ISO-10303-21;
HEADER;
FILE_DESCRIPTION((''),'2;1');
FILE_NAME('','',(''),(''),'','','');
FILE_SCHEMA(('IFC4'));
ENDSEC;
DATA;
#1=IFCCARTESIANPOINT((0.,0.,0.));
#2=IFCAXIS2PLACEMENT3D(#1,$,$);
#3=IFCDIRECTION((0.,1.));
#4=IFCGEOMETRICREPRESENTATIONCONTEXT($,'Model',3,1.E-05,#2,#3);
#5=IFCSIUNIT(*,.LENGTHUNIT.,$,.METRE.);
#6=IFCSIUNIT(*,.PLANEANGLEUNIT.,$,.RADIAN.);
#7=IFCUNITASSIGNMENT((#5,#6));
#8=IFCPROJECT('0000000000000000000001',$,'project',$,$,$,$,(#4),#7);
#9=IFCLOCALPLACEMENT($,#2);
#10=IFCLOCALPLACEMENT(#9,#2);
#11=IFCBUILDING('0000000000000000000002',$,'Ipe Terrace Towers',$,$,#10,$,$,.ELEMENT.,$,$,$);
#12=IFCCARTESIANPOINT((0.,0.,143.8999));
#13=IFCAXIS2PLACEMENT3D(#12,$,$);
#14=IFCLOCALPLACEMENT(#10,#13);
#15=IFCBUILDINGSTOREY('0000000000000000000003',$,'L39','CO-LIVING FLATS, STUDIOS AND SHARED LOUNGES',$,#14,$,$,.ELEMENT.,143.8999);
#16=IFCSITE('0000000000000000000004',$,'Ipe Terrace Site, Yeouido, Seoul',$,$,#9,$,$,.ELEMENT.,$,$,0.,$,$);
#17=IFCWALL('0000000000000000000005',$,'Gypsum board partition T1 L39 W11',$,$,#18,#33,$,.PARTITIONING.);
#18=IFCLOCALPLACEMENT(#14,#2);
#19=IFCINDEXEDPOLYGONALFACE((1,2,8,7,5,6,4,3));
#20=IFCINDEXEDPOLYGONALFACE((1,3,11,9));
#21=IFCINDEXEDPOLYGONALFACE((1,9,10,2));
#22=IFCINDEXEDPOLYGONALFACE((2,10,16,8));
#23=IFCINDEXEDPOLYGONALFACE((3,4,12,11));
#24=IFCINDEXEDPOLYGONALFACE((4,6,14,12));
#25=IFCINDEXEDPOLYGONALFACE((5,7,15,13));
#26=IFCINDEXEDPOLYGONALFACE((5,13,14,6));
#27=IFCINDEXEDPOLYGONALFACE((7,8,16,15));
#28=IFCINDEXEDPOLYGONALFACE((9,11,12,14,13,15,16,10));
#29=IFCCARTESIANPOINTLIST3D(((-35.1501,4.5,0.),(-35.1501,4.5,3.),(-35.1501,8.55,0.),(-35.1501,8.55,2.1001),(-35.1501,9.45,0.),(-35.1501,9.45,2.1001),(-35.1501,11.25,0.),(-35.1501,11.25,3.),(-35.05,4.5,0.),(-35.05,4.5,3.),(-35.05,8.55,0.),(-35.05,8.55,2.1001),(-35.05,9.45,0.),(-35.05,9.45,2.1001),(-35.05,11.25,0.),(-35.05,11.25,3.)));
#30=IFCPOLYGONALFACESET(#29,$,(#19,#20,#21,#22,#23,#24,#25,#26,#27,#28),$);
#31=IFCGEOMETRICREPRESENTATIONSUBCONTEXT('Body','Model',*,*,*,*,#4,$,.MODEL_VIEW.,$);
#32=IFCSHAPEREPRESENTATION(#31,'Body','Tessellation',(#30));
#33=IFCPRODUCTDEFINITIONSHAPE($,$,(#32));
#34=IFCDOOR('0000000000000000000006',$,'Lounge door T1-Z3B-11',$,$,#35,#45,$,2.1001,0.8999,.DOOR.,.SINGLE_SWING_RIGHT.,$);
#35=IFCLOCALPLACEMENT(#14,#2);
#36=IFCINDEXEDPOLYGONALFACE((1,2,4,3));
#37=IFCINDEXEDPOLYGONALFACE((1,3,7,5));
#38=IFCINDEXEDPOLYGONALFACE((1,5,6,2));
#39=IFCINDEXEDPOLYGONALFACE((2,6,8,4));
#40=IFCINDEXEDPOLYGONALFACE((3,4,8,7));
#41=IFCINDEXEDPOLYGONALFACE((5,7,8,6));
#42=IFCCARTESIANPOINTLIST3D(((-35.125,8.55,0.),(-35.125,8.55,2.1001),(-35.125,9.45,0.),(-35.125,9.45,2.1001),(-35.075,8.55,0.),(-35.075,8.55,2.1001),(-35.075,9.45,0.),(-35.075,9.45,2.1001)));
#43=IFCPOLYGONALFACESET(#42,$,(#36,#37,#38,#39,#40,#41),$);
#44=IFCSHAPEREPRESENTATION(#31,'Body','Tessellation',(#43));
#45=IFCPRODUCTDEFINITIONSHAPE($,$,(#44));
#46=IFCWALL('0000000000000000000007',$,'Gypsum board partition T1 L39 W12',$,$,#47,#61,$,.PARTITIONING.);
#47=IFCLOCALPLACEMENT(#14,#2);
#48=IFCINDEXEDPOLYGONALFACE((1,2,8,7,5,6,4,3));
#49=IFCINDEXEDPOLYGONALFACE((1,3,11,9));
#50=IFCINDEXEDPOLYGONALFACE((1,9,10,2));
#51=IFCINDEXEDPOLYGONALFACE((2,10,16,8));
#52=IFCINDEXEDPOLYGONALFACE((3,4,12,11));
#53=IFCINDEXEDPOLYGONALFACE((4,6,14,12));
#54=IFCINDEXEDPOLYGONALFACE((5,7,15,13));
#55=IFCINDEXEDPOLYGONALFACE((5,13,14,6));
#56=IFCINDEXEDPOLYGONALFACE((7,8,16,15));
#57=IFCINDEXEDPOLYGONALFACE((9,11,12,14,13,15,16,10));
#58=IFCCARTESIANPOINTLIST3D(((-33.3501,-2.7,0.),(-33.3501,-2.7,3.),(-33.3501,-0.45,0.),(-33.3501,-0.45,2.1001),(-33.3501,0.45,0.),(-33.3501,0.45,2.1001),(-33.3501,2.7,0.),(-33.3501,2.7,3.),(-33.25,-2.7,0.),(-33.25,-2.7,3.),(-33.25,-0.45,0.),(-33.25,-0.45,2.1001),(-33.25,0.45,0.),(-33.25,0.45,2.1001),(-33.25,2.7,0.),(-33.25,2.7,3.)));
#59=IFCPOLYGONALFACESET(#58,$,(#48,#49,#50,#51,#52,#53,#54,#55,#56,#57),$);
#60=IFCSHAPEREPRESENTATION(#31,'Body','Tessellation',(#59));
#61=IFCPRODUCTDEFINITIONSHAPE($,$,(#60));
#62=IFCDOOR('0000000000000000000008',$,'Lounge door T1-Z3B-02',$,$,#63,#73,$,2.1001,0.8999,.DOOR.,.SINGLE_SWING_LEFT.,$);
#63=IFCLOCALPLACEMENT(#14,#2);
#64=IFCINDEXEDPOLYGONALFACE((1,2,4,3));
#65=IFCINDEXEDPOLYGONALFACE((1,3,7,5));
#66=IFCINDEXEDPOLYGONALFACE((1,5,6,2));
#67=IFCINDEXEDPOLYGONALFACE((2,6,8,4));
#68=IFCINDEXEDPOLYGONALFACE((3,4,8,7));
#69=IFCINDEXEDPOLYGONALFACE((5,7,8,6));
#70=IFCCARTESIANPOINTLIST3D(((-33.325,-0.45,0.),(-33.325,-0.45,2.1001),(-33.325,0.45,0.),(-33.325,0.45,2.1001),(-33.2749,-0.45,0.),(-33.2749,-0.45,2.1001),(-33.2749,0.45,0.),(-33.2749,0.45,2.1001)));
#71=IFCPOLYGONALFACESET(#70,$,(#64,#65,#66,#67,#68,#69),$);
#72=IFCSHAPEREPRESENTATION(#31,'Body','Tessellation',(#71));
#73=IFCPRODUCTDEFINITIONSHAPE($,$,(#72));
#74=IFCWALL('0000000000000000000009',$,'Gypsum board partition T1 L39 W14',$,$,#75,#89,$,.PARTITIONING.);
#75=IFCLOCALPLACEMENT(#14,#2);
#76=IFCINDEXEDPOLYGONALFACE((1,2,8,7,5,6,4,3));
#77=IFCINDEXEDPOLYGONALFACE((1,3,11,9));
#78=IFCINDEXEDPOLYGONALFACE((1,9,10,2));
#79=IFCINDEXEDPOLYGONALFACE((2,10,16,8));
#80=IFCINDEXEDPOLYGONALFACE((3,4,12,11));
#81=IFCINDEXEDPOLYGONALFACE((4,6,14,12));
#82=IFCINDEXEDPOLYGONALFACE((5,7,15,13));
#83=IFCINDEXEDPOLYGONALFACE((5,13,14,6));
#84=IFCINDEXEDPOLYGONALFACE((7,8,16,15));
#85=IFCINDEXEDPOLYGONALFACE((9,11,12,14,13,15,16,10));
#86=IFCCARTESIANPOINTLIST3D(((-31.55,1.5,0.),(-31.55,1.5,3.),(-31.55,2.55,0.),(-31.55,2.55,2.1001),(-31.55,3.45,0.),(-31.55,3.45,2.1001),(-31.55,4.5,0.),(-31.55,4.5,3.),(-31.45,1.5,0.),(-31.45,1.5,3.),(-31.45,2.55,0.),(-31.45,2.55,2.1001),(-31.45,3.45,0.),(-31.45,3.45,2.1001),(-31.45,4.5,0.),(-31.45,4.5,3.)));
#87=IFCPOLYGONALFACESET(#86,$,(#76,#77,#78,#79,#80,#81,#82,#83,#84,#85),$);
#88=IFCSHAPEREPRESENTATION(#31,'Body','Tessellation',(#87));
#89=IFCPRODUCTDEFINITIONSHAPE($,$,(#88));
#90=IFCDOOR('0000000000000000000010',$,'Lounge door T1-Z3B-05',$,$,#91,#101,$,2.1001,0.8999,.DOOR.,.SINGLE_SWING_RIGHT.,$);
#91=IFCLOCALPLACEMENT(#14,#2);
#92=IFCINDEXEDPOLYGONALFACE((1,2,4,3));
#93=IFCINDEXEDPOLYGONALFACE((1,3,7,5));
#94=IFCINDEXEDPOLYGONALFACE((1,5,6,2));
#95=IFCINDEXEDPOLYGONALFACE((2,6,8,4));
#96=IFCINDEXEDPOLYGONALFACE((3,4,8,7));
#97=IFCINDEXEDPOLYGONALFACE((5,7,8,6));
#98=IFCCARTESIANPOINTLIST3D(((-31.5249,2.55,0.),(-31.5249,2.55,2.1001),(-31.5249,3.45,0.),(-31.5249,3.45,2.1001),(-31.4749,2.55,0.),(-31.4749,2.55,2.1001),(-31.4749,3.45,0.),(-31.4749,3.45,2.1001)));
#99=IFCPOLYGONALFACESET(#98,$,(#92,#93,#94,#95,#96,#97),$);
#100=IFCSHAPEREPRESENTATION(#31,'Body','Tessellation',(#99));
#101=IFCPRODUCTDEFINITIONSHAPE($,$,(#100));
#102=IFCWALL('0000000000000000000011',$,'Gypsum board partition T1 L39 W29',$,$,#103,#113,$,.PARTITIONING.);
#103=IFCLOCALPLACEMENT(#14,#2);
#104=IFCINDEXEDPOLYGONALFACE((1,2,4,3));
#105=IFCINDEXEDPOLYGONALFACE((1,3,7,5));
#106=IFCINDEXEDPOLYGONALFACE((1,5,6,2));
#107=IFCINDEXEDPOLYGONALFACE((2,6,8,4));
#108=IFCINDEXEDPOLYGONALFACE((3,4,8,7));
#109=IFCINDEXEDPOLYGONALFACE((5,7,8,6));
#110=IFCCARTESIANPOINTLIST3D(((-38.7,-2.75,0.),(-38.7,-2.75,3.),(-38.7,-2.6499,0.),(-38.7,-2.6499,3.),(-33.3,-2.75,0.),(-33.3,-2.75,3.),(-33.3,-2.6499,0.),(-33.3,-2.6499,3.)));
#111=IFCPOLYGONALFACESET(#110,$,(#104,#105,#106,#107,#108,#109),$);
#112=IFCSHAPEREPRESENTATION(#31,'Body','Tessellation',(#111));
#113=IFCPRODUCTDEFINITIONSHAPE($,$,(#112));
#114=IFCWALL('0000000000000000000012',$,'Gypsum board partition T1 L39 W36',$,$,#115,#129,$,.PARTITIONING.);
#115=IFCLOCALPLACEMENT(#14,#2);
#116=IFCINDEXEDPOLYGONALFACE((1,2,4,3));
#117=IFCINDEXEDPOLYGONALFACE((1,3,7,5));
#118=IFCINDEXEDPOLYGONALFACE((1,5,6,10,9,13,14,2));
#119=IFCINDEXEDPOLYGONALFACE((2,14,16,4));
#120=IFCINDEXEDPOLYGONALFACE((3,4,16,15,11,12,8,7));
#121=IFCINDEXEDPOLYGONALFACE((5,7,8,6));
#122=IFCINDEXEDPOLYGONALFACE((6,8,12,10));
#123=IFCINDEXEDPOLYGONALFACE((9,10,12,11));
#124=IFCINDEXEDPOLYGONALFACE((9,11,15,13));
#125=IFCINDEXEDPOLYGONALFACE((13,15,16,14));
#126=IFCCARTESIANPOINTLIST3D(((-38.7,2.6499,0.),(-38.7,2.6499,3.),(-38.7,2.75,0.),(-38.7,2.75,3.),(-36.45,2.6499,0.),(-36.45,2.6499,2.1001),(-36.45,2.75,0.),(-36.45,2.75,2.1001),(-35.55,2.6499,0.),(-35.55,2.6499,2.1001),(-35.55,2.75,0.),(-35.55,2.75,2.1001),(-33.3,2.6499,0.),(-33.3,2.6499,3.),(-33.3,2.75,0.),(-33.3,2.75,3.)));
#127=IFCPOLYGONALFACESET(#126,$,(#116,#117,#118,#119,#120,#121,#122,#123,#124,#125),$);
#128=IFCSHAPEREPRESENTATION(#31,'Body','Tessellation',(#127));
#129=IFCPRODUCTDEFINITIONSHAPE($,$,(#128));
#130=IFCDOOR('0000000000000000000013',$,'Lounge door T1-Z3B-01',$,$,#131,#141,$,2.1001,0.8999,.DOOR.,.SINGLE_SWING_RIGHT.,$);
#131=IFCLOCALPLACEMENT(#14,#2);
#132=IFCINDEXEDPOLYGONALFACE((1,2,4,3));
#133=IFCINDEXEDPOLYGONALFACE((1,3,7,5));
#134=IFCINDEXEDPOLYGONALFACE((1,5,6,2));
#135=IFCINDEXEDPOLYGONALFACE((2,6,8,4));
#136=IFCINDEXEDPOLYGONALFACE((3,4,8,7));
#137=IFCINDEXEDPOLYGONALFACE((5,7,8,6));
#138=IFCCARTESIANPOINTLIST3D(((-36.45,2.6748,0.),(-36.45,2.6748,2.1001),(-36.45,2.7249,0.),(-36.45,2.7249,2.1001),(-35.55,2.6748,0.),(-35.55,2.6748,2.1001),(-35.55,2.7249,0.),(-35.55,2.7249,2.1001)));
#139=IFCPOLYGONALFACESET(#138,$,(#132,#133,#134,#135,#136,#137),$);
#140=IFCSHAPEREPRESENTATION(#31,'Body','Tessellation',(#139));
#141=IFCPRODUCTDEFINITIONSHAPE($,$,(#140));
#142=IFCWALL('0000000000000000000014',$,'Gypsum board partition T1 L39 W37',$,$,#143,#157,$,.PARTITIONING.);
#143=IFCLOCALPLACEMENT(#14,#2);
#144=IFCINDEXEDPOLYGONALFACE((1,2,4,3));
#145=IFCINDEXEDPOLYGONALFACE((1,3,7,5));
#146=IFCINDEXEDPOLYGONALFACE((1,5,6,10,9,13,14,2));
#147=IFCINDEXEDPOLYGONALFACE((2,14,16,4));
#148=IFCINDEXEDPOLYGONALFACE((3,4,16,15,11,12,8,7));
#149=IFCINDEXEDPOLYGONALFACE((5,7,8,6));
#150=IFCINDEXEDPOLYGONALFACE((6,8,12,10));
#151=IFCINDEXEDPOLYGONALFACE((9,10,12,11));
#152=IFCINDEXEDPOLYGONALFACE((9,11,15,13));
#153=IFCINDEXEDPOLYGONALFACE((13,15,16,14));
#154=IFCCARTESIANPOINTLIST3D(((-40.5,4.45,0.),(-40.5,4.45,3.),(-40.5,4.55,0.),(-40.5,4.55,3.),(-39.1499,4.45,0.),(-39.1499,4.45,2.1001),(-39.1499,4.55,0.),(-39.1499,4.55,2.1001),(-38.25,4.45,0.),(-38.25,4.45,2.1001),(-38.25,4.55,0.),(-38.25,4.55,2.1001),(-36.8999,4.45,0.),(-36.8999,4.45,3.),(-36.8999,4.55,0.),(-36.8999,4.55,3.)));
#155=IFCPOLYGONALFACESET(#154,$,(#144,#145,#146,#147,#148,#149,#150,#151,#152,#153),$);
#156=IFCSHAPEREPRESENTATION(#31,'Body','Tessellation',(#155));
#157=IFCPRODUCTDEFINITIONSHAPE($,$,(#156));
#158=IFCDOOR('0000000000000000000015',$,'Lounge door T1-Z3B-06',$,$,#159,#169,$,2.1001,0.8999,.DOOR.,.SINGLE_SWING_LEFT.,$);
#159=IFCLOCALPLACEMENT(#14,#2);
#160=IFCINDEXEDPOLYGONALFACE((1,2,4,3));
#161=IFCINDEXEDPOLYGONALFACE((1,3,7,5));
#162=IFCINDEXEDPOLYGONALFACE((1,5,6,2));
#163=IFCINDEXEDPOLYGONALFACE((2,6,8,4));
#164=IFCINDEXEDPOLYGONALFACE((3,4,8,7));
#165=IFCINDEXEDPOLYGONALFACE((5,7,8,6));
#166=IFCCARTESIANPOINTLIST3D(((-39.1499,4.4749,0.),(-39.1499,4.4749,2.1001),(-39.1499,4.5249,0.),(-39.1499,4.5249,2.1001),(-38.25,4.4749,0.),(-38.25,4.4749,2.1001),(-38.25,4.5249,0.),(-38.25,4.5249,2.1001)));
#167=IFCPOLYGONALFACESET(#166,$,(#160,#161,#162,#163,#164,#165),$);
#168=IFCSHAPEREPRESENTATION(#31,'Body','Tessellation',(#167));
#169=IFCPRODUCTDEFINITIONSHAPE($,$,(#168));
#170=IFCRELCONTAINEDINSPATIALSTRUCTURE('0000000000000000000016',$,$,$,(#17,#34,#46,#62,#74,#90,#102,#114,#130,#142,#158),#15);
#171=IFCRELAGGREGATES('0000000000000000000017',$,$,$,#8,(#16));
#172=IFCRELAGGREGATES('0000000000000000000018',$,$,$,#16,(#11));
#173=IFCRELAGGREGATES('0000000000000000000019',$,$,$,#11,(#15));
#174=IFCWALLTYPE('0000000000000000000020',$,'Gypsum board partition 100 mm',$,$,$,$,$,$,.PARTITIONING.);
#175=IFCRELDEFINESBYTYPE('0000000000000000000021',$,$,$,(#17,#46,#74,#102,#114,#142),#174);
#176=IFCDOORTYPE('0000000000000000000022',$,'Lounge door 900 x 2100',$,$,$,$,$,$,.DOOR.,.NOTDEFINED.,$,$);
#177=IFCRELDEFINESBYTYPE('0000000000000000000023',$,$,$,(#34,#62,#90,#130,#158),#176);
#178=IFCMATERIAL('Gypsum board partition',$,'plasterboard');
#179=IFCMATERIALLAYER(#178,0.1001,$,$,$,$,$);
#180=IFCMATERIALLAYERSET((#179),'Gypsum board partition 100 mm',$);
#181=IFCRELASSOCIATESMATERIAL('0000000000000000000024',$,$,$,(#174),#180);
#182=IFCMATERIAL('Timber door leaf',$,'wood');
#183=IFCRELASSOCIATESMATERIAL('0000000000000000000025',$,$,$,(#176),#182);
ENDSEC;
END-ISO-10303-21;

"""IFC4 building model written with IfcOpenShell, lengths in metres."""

from ifc_helpers import new_model, si_unit, direction, frame, frame_2d, origin, place, context, subcontext, project, spatial, rectangle, extrude, material, layer, layer_set, type_object, element, fill, save


model = new_model("IFC4")

# Units and contexts
model_context = context("Model", 3, precision=1e-05, world=origin(), true_north=direction((0.0, 1.0)))
body_context = subcontext(model_context, "Body", "Model", "MODEL_VIEW")
ifc_project = project(units=[si_unit("LENGTHUNIT", "METRE"), si_unit("PLANEANGLEUNIT", "RADIAN")], contexts=[model_context])

# Site, building, storey
site_placement = place(None, origin())
site = spatial("IfcSite", under=ifc_project, at=site_placement, Name="Ipe Terrace Site, Yeouido, Seoul", CompositionType="ELEMENT", RefElevation=0.0)
building_placement = place(site_placement, origin())
building = spatial("IfcBuilding", under=site, at=building_placement, Name="Ipe Terrace Towers", CompositionType="ELEMENT")
storey_placement = place(building_placement, frame((0.0, 0.0, 143.8999)))
storey = spatial("IfcBuildingStorey", under=building, at=storey_placement, Name="L39", Description="CO-LIVING FLATS, STUDIOS AND SHARED LOUNGES", CompositionType="ELEMENT", Elevation=143.8999)

# Shared definitions
ifc_material_1 = material(Name="Gypsum board partition", Category="plasterboard")
ifc_layer = layer(ifc_material_1, 0.1001)
ifc_layer_set = layer_set([ifc_layer], Name="Gypsum board partition 100 mm")
wall_type = type_object("IfcWallType", Name="Gypsum board partition 100 mm", PredefinedType="PARTITIONING", material=ifc_layer_set)

# Walls, openings, doors
ifc_material_2 = material(Name="Timber door leaf", Category="wood")
door_type = type_object("IfcDoorType", Name="Lounge door 900 x 2100", OperationType="NOTDEFINED", PredefinedType="DOOR", material=ifc_material_2)
wall_1_placement = place(storey_placement, frame((-35.1001, 4.5, 0.0), z_axis=(0.0, 0.0, 1.0), x_axis=(0.0, 1.0, 0.0)))
wall_1 = element("IfcWall", 1, at=wall_1_placement, inside=storey, type_object=wall_type, Name="Gypsum board partition T1 L39 W11", PredefinedType="PARTITIONING", context=body_context, shape_type="SweptSolid", body=[
    extrude(rectangle(XDim=6.75, YDim=0.1001, at=frame_2d((3.375, 0.0))), origin(), (0.0, 0.0, 1.0), 3.0),
])
opening_1_placement = place(wall_1_placement, frame((4.05, 0.0, 0.0)))
opening_1 = element("IfcOpeningElement", 2, at=opening_1_placement, cuts=wall_1, PredefinedType="OPENING", context=body_context, shape_type="SweptSolid", body=[
    extrude(rectangle(XDim=0.8999, YDim=2.1001, at=frame_2d((0.45, 1.05))), frame((0.0, 0.0601, 0.0), z_axis=(0.0, -1.0, 0.0), x_axis=(1.0, 0.0, 0.0)), (0.0, 0.0, 1.0), 0.1201),
])
door_1_placement = place(opening_1_placement, origin())
door_1 = element("IfcDoor", 3, at=door_1_placement, inside=storey, type_object=door_type, Name="Lounge door T1-Z3B-11", OperationType="SINGLE_SWING_RIGHT", OverallHeight=2.1001, OverallWidth=0.8999, PredefinedType="DOOR", context=body_context, shape_type="SweptSolid", body=[
    extrude(rectangle(XDim=0.8999, YDim=2.1001, at=frame_2d((0.45, 1.05))), frame((0.0, 0.0249, 0.0), z_axis=(0.0, -1.0, 0.0), x_axis=(1.0, 0.0, 0.0)), (0.0, 0.0, 1.0), 0.05),
])
fill(opening_1, door_1)
wall_2_placement = place(storey_placement, frame((-33.3, -2.7, 0.0), z_axis=(0.0, 0.0, 1.0), x_axis=(0.0, 1.0, 0.0)))
wall_2 = element("IfcWall", 4, at=wall_2_placement, inside=storey, type_object=wall_type, Name="Gypsum board partition T1 L39 W12", PredefinedType="PARTITIONING", context=body_context, shape_type="SweptSolid", body=[
    extrude(rectangle(XDim=5.3999, YDim=0.1001, at=frame_2d((2.7, 0.0))), origin(), (0.0, 0.0, 1.0), 3.0),
])
opening_2_placement = place(wall_2_placement, frame((2.25, 0.0, 0.0)))
opening_2 = element("IfcOpeningElement", 5, at=opening_2_placement, cuts=wall_2, PredefinedType="OPENING", context=body_context, shape_type="SweptSolid", body=[
    extrude(rectangle(XDim=0.8999, YDim=2.1001, at=frame_2d((0.45, 1.05))), frame((0.0, 0.0601, 0.0), z_axis=(0.0, -1.0, 0.0), x_axis=(1.0, 0.0, 0.0)), (0.0, 0.0, 1.0), 0.1201),
])
door_2_placement = place(opening_2_placement, origin())
door_2 = element("IfcDoor", 6, at=door_2_placement, inside=storey, type_object=door_type, Name="Lounge door T1-Z3B-02", OperationType="SINGLE_SWING_LEFT", OverallHeight=2.1001, OverallWidth=0.8999, PredefinedType="DOOR", context=body_context, shape_type="SweptSolid", body=[
    extrude(rectangle(XDim=0.8999, YDim=2.1001, at=frame_2d((0.45, 1.05))), frame((0.0, 0.0249, 0.0), z_axis=(0.0, -1.0, 0.0), x_axis=(1.0, 0.0, 0.0)), (0.0, 0.0, 1.0), 0.05),
])
fill(opening_2, door_2)
wall_3_placement = place(storey_placement, frame((-31.5, 1.5, 0.0), z_axis=(0.0, 0.0, 1.0), x_axis=(0.0, 1.0, 0.0)))
wall_3 = element("IfcWall", 7, at=wall_3_placement, inside=storey, type_object=wall_type, Name="Gypsum board partition T1 L39 W14", PredefinedType="PARTITIONING", context=body_context, shape_type="SweptSolid", body=[
    extrude(rectangle(XDim=3.0, YDim=0.1001, at=frame_2d((1.5, 0.0))), origin(), (0.0, 0.0, 1.0), 3.0),
])
opening_3_placement = place(wall_3_placement, frame((1.05, 0.0, 0.0)))
opening_3 = element("IfcOpeningElement", 8, at=opening_3_placement, cuts=wall_3, PredefinedType="OPENING", context=body_context, shape_type="SweptSolid", body=[
    extrude(rectangle(XDim=0.8999, YDim=2.1001, at=frame_2d((0.45, 1.05))), frame((0.0, 0.0601, 0.0), z_axis=(0.0, -1.0, 0.0), x_axis=(1.0, 0.0, 0.0)), (0.0, 0.0, 1.0), 0.1201),
])
door_3_placement = place(opening_3_placement, origin())
door_3 = element("IfcDoor", 9, at=door_3_placement, inside=storey, type_object=door_type, Name="Lounge door T1-Z3B-05", OperationType="SINGLE_SWING_RIGHT", OverallHeight=2.1001, OverallWidth=0.8999, PredefinedType="DOOR", context=body_context, shape_type="SweptSolid", body=[
    extrude(rectangle(XDim=0.8999, YDim=2.1001, at=frame_2d((0.45, 1.05))), frame((0.0, 0.0249, 0.0), z_axis=(0.0, -1.0, 0.0), x_axis=(1.0, 0.0, 0.0)), (0.0, 0.0, 1.0), 0.05),
])
fill(opening_3, door_3)

# Wall
wall_4_placement = place(storey_placement, frame((-38.7, -2.7, 0.0), z_axis=(0.0, 0.0, 1.0), x_axis=(1.0, 0.0, 0.0)))
element("IfcWall", 10, at=wall_4_placement, inside=storey, type_object=wall_type, Name="Gypsum board partition T1 L39 W29", PredefinedType="PARTITIONING", context=body_context, shape_type="SweptSolid", body=[
    extrude(rectangle(XDim=5.3999, YDim=0.1001, at=frame_2d((2.7, 0.0))), origin(), (0.0, 0.0, 1.0), 3.0),
])

# Walls, openings, doors
wall_5_placement = place(storey_placement, frame((-38.7, 2.7, 0.0), z_axis=(0.0, 0.0, 1.0), x_axis=(1.0, 0.0, 0.0)))
wall_5 = element("IfcWall", 11, at=wall_5_placement, inside=storey, type_object=wall_type, Name="Gypsum board partition T1 L39 W36", PredefinedType="PARTITIONING", context=body_context, shape_type="SweptSolid", body=[
    extrude(rectangle(XDim=5.3999, YDim=0.1001, at=frame_2d((2.7, 0.0))), origin(), (0.0, 0.0, 1.0), 3.0),
])
opening_4_placement = place(wall_5_placement, frame((2.25, 0.0, 0.0)))
opening_4 = element("IfcOpeningElement", 12, at=opening_4_placement, cuts=wall_5, PredefinedType="OPENING", context=body_context, shape_type="SweptSolid", body=[
    extrude(rectangle(XDim=0.8999, YDim=2.1001, at=frame_2d((0.45, 1.05))), frame((0.0, 0.0601, 0.0), z_axis=(0.0, -1.0, 0.0), x_axis=(1.0, 0.0, 0.0)), (0.0, 0.0, 1.0), 0.1201),
])
door_4_placement = place(opening_4_placement, origin())
door_4 = element("IfcDoor", 13, at=door_4_placement, inside=storey, type_object=door_type, Name="Lounge door T1-Z3B-01", OperationType="SINGLE_SWING_RIGHT", OverallHeight=2.1001, OverallWidth=0.8999, PredefinedType="DOOR", context=body_context, shape_type="SweptSolid", body=[
    extrude(rectangle(XDim=0.8999, YDim=2.1001, at=frame_2d((0.45, 1.05))), frame((0.0, 0.0249, 0.0), z_axis=(0.0, -1.0, 0.0), x_axis=(1.0, 0.0, 0.0)), (0.0, 0.0, 1.0), 0.05),
])
fill(opening_4, door_4)
wall_6_placement = place(storey_placement, frame((-40.5, 4.5, 0.0), z_axis=(0.0, 0.0, 1.0), x_axis=(1.0, 0.0, 0.0)))
wall_6 = element("IfcWall", 14, at=wall_6_placement, inside=storey, type_object=wall_type, Name="Gypsum board partition T1 L39 W37", PredefinedType="PARTITIONING", context=body_context, shape_type="SweptSolid", body=[
    extrude(rectangle(XDim=3.6001, YDim=0.1001, at=frame_2d((1.8, 0.0))), origin(), (0.0, 0.0, 1.0), 3.0),
])
opening_5_placement = place(wall_6_placement, frame((1.3501, 0.0, 0.0)))
opening_5 = element("IfcOpeningElement", 15, at=opening_5_placement, cuts=wall_6, PredefinedType="OPENING", context=body_context, shape_type="SweptSolid", body=[
    extrude(rectangle(XDim=0.8999, YDim=2.1001, at=frame_2d((0.45, 1.05))), frame((0.0, 0.0601, 0.0), z_axis=(0.0, -1.0, 0.0), x_axis=(1.0, 0.0, 0.0)), (0.0, 0.0, 1.0), 0.1201),
])
door_5_placement = place(opening_5_placement, origin())
door_5 = element("IfcDoor", 16, at=door_5_placement, inside=storey, type_object=door_type, Name="Lounge door T1-Z3B-06", OperationType="SINGLE_SWING_LEFT", OverallHeight=2.1001, OverallWidth=0.8999, PredefinedType="DOOR", context=body_context, shape_type="SweptSolid", body=[
    extrude(rectangle(XDim=0.8999, YDim=2.1001, at=frame_2d((0.45, 1.05))), frame((0.0, 0.0249, 0.0), z_axis=(0.0, -1.0, 0.0), x_axis=(1.0, 0.0, 0.0)), (0.0, 0.0, 1.0), 0.05),
])
fill(opening_5, door_5)

save(model, "model.ifc")
